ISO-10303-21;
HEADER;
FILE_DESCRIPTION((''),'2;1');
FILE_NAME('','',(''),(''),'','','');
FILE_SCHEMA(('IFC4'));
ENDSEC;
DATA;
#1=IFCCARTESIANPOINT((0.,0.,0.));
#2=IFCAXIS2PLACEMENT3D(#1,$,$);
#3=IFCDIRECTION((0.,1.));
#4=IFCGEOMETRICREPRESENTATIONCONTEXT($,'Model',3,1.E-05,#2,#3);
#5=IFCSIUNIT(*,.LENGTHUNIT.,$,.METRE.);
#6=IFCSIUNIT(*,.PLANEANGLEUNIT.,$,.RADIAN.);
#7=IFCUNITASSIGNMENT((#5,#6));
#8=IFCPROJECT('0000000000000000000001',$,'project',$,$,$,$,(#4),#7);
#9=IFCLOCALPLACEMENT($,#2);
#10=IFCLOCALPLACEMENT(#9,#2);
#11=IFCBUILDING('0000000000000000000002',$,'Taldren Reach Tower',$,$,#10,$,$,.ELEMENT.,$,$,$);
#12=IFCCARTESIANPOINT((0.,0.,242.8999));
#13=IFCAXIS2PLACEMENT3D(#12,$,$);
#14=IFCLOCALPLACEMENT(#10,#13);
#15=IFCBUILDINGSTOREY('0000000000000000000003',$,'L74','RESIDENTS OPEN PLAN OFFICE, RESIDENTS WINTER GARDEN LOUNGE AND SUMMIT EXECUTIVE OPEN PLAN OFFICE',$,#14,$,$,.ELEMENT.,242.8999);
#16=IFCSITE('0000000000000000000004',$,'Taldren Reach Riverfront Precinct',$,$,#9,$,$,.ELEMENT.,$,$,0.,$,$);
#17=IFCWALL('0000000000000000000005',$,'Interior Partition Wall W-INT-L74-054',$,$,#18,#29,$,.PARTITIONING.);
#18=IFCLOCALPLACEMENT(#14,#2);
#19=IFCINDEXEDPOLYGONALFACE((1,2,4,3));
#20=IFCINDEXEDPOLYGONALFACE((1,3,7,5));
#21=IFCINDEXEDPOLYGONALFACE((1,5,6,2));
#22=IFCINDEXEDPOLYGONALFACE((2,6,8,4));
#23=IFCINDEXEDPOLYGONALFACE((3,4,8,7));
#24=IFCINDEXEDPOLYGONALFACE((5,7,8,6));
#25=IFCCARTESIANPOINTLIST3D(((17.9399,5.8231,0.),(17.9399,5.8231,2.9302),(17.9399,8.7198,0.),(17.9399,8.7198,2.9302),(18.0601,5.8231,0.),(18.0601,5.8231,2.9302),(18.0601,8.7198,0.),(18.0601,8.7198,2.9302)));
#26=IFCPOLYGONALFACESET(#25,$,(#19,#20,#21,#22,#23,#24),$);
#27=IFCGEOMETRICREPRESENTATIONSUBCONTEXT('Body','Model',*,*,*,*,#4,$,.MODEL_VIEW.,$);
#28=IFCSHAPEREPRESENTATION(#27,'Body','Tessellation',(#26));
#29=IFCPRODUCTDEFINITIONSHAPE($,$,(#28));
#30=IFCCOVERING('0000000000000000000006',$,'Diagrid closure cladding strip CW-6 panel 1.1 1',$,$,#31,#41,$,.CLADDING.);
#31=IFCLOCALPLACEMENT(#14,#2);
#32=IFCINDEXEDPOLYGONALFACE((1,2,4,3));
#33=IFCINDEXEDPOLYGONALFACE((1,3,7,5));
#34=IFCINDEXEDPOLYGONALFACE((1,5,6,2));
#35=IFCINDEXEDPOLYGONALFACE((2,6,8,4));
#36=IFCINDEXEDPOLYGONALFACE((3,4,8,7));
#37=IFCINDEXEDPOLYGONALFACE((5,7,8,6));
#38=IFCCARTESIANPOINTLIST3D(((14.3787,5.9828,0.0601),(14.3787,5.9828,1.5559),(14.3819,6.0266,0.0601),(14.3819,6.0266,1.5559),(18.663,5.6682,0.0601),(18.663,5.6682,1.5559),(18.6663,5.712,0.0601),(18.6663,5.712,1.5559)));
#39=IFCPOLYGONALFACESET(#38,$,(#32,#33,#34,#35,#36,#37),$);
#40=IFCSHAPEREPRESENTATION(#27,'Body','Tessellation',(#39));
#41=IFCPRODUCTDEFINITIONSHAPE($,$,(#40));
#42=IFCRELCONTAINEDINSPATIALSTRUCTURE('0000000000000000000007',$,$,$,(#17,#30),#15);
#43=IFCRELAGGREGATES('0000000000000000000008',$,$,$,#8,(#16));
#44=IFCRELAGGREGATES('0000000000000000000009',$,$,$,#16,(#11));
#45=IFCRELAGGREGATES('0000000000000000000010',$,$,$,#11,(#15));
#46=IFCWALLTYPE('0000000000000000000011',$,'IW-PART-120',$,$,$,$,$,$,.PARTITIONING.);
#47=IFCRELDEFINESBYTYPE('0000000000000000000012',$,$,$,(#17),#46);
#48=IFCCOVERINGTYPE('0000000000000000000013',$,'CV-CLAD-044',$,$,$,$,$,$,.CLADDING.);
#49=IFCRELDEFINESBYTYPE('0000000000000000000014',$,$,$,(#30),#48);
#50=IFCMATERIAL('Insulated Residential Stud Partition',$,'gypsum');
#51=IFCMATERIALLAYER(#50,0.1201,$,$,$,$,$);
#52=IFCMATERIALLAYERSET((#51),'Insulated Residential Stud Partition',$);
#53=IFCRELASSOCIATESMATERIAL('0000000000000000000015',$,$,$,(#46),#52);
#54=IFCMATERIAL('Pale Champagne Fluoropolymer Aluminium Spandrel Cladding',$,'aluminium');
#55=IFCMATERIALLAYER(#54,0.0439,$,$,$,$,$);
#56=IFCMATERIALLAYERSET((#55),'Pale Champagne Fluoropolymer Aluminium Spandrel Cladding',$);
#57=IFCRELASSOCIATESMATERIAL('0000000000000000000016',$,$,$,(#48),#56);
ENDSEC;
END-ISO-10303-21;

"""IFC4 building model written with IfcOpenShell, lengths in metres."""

from ifc_helpers import new_model, si_unit, direction, frame, frame_2d, origin, origin_2d, place, context, subcontext, project, spatial, rectangle, extrude, source, transform, mapped, material, layer, layer_set, type_object, element, save


model = new_model("IFC4")

# Units and contexts
model_context = context("Model", 3, precision=1e-05, world=origin(), true_north=direction((0.0, 1.0)))
body_context = subcontext(model_context, "Body", "Model", "MODEL_VIEW")
ifc_project = project(units=[si_unit("LENGTHUNIT", "METRE"), si_unit("PLANEANGLEUNIT", "RADIAN")], contexts=[model_context])

# Site, building, storey
site_placement = place(None, origin())
site = spatial("IfcSite", under=ifc_project, at=site_placement, Name="Taldren Reach Riverfront Precinct", CompositionType="ELEMENT", RefElevation=0.0)
building_placement = place(site_placement, origin())
building = spatial("IfcBuilding", under=site, at=building_placement, Name="Taldren Reach Tower", CompositionType="ELEMENT")
storey_placement = place(building_placement, frame((0.0, 0.0, 242.8999)))
storey = spatial("IfcBuildingStorey", under=building, at=storey_placement, Name="L74", Description="RESIDENTS OPEN PLAN OFFICE, RESIDENTS WINTER GARDEN LOUNGE AND SUMMIT EXECUTIVE OPEN PLAN OFFICE", CompositionType="ELEMENT", Elevation=242.8999)

# Wall
ifc_material_1 = material(Name="Insulated Residential Stud Partition", Category="gypsum")
ifc_layer_1 = layer(ifc_material_1, 0.1201)
ifc_layer_set_1 = layer_set([ifc_layer_1], Name="Insulated Residential Stud Partition")
wall_type_1 = type_object("IfcWallType", Name="IW-PART-120", PredefinedType="PARTITIONING", material=ifc_layer_set_1)
shared_shape_1 = source(origin(), body_context, "Body", "SweptSolid", [
    extrude(rectangle(XDim=2.8967, YDim=0.1201, at=frame_2d((1.4482, 0.0))), origin(), (0.0, 0.0, 1.0), 2.9302),
])
wall_1_placement = place(storey_placement, frame((18.0, 5.8232, 0.0), z_axis=(0.0, 0.0, 1.0), x_axis=(0.0, 1.0, 0.0)))
element("IfcWall", 1, at=wall_1_placement, inside=storey, type_object=wall_type_1, Name="Interior Partition Wall W-INT-L74-054", PredefinedType="PARTITIONING", context=body_context, shape_type="MappedRepresentation", body=[
    mapped(shared_shape_1, transform((0.0, 0.0, 0.0), scale=1.0)),
])

# Covering
ifc_material_2 = material(Name="Pale Champagne Fluoropolymer Aluminium Spandrel Cladding", Category="aluminium")
ifc_layer_2 = layer(ifc_material_2, 0.0439)
ifc_layer_set_2 = layer_set([ifc_layer_2], Name="Pale Champagne Fluoropolymer Aluminium Spandrel Cladding")
covering_type = type_object("IfcCoveringType", Name="CV-CLAD-044", PredefinedType="CLADDING", material=ifc_layer_set_2)
shared_shape_2 = source(origin(), body_context, "Body", "SweptSolid", [
    extrude(rectangle(XDim=4.2959, YDim=0.0439, at=origin_2d()), origin(), (0.0, 0.0, 1.0), 1.4958),
])
covering_placement = place(storey_placement, frame((16.5225, 5.8474, 0.0601), z_axis=(0.0, 0.0, 1.0), x_axis=(0.997314, -0.073238, 0.0)))
element("IfcCovering", 2, at=covering_placement, inside=storey, type_object=covering_type, Name="Diagrid closure cladding strip CW-6 panel 1.1 1", PredefinedType="CLADDING", context=body_context, shape_type="MappedRepresentation", body=[
    mapped(shared_shape_2, transform((0.0, 0.0, 0.0), scale=1.0)),
])

save(model, "model.ifc")
